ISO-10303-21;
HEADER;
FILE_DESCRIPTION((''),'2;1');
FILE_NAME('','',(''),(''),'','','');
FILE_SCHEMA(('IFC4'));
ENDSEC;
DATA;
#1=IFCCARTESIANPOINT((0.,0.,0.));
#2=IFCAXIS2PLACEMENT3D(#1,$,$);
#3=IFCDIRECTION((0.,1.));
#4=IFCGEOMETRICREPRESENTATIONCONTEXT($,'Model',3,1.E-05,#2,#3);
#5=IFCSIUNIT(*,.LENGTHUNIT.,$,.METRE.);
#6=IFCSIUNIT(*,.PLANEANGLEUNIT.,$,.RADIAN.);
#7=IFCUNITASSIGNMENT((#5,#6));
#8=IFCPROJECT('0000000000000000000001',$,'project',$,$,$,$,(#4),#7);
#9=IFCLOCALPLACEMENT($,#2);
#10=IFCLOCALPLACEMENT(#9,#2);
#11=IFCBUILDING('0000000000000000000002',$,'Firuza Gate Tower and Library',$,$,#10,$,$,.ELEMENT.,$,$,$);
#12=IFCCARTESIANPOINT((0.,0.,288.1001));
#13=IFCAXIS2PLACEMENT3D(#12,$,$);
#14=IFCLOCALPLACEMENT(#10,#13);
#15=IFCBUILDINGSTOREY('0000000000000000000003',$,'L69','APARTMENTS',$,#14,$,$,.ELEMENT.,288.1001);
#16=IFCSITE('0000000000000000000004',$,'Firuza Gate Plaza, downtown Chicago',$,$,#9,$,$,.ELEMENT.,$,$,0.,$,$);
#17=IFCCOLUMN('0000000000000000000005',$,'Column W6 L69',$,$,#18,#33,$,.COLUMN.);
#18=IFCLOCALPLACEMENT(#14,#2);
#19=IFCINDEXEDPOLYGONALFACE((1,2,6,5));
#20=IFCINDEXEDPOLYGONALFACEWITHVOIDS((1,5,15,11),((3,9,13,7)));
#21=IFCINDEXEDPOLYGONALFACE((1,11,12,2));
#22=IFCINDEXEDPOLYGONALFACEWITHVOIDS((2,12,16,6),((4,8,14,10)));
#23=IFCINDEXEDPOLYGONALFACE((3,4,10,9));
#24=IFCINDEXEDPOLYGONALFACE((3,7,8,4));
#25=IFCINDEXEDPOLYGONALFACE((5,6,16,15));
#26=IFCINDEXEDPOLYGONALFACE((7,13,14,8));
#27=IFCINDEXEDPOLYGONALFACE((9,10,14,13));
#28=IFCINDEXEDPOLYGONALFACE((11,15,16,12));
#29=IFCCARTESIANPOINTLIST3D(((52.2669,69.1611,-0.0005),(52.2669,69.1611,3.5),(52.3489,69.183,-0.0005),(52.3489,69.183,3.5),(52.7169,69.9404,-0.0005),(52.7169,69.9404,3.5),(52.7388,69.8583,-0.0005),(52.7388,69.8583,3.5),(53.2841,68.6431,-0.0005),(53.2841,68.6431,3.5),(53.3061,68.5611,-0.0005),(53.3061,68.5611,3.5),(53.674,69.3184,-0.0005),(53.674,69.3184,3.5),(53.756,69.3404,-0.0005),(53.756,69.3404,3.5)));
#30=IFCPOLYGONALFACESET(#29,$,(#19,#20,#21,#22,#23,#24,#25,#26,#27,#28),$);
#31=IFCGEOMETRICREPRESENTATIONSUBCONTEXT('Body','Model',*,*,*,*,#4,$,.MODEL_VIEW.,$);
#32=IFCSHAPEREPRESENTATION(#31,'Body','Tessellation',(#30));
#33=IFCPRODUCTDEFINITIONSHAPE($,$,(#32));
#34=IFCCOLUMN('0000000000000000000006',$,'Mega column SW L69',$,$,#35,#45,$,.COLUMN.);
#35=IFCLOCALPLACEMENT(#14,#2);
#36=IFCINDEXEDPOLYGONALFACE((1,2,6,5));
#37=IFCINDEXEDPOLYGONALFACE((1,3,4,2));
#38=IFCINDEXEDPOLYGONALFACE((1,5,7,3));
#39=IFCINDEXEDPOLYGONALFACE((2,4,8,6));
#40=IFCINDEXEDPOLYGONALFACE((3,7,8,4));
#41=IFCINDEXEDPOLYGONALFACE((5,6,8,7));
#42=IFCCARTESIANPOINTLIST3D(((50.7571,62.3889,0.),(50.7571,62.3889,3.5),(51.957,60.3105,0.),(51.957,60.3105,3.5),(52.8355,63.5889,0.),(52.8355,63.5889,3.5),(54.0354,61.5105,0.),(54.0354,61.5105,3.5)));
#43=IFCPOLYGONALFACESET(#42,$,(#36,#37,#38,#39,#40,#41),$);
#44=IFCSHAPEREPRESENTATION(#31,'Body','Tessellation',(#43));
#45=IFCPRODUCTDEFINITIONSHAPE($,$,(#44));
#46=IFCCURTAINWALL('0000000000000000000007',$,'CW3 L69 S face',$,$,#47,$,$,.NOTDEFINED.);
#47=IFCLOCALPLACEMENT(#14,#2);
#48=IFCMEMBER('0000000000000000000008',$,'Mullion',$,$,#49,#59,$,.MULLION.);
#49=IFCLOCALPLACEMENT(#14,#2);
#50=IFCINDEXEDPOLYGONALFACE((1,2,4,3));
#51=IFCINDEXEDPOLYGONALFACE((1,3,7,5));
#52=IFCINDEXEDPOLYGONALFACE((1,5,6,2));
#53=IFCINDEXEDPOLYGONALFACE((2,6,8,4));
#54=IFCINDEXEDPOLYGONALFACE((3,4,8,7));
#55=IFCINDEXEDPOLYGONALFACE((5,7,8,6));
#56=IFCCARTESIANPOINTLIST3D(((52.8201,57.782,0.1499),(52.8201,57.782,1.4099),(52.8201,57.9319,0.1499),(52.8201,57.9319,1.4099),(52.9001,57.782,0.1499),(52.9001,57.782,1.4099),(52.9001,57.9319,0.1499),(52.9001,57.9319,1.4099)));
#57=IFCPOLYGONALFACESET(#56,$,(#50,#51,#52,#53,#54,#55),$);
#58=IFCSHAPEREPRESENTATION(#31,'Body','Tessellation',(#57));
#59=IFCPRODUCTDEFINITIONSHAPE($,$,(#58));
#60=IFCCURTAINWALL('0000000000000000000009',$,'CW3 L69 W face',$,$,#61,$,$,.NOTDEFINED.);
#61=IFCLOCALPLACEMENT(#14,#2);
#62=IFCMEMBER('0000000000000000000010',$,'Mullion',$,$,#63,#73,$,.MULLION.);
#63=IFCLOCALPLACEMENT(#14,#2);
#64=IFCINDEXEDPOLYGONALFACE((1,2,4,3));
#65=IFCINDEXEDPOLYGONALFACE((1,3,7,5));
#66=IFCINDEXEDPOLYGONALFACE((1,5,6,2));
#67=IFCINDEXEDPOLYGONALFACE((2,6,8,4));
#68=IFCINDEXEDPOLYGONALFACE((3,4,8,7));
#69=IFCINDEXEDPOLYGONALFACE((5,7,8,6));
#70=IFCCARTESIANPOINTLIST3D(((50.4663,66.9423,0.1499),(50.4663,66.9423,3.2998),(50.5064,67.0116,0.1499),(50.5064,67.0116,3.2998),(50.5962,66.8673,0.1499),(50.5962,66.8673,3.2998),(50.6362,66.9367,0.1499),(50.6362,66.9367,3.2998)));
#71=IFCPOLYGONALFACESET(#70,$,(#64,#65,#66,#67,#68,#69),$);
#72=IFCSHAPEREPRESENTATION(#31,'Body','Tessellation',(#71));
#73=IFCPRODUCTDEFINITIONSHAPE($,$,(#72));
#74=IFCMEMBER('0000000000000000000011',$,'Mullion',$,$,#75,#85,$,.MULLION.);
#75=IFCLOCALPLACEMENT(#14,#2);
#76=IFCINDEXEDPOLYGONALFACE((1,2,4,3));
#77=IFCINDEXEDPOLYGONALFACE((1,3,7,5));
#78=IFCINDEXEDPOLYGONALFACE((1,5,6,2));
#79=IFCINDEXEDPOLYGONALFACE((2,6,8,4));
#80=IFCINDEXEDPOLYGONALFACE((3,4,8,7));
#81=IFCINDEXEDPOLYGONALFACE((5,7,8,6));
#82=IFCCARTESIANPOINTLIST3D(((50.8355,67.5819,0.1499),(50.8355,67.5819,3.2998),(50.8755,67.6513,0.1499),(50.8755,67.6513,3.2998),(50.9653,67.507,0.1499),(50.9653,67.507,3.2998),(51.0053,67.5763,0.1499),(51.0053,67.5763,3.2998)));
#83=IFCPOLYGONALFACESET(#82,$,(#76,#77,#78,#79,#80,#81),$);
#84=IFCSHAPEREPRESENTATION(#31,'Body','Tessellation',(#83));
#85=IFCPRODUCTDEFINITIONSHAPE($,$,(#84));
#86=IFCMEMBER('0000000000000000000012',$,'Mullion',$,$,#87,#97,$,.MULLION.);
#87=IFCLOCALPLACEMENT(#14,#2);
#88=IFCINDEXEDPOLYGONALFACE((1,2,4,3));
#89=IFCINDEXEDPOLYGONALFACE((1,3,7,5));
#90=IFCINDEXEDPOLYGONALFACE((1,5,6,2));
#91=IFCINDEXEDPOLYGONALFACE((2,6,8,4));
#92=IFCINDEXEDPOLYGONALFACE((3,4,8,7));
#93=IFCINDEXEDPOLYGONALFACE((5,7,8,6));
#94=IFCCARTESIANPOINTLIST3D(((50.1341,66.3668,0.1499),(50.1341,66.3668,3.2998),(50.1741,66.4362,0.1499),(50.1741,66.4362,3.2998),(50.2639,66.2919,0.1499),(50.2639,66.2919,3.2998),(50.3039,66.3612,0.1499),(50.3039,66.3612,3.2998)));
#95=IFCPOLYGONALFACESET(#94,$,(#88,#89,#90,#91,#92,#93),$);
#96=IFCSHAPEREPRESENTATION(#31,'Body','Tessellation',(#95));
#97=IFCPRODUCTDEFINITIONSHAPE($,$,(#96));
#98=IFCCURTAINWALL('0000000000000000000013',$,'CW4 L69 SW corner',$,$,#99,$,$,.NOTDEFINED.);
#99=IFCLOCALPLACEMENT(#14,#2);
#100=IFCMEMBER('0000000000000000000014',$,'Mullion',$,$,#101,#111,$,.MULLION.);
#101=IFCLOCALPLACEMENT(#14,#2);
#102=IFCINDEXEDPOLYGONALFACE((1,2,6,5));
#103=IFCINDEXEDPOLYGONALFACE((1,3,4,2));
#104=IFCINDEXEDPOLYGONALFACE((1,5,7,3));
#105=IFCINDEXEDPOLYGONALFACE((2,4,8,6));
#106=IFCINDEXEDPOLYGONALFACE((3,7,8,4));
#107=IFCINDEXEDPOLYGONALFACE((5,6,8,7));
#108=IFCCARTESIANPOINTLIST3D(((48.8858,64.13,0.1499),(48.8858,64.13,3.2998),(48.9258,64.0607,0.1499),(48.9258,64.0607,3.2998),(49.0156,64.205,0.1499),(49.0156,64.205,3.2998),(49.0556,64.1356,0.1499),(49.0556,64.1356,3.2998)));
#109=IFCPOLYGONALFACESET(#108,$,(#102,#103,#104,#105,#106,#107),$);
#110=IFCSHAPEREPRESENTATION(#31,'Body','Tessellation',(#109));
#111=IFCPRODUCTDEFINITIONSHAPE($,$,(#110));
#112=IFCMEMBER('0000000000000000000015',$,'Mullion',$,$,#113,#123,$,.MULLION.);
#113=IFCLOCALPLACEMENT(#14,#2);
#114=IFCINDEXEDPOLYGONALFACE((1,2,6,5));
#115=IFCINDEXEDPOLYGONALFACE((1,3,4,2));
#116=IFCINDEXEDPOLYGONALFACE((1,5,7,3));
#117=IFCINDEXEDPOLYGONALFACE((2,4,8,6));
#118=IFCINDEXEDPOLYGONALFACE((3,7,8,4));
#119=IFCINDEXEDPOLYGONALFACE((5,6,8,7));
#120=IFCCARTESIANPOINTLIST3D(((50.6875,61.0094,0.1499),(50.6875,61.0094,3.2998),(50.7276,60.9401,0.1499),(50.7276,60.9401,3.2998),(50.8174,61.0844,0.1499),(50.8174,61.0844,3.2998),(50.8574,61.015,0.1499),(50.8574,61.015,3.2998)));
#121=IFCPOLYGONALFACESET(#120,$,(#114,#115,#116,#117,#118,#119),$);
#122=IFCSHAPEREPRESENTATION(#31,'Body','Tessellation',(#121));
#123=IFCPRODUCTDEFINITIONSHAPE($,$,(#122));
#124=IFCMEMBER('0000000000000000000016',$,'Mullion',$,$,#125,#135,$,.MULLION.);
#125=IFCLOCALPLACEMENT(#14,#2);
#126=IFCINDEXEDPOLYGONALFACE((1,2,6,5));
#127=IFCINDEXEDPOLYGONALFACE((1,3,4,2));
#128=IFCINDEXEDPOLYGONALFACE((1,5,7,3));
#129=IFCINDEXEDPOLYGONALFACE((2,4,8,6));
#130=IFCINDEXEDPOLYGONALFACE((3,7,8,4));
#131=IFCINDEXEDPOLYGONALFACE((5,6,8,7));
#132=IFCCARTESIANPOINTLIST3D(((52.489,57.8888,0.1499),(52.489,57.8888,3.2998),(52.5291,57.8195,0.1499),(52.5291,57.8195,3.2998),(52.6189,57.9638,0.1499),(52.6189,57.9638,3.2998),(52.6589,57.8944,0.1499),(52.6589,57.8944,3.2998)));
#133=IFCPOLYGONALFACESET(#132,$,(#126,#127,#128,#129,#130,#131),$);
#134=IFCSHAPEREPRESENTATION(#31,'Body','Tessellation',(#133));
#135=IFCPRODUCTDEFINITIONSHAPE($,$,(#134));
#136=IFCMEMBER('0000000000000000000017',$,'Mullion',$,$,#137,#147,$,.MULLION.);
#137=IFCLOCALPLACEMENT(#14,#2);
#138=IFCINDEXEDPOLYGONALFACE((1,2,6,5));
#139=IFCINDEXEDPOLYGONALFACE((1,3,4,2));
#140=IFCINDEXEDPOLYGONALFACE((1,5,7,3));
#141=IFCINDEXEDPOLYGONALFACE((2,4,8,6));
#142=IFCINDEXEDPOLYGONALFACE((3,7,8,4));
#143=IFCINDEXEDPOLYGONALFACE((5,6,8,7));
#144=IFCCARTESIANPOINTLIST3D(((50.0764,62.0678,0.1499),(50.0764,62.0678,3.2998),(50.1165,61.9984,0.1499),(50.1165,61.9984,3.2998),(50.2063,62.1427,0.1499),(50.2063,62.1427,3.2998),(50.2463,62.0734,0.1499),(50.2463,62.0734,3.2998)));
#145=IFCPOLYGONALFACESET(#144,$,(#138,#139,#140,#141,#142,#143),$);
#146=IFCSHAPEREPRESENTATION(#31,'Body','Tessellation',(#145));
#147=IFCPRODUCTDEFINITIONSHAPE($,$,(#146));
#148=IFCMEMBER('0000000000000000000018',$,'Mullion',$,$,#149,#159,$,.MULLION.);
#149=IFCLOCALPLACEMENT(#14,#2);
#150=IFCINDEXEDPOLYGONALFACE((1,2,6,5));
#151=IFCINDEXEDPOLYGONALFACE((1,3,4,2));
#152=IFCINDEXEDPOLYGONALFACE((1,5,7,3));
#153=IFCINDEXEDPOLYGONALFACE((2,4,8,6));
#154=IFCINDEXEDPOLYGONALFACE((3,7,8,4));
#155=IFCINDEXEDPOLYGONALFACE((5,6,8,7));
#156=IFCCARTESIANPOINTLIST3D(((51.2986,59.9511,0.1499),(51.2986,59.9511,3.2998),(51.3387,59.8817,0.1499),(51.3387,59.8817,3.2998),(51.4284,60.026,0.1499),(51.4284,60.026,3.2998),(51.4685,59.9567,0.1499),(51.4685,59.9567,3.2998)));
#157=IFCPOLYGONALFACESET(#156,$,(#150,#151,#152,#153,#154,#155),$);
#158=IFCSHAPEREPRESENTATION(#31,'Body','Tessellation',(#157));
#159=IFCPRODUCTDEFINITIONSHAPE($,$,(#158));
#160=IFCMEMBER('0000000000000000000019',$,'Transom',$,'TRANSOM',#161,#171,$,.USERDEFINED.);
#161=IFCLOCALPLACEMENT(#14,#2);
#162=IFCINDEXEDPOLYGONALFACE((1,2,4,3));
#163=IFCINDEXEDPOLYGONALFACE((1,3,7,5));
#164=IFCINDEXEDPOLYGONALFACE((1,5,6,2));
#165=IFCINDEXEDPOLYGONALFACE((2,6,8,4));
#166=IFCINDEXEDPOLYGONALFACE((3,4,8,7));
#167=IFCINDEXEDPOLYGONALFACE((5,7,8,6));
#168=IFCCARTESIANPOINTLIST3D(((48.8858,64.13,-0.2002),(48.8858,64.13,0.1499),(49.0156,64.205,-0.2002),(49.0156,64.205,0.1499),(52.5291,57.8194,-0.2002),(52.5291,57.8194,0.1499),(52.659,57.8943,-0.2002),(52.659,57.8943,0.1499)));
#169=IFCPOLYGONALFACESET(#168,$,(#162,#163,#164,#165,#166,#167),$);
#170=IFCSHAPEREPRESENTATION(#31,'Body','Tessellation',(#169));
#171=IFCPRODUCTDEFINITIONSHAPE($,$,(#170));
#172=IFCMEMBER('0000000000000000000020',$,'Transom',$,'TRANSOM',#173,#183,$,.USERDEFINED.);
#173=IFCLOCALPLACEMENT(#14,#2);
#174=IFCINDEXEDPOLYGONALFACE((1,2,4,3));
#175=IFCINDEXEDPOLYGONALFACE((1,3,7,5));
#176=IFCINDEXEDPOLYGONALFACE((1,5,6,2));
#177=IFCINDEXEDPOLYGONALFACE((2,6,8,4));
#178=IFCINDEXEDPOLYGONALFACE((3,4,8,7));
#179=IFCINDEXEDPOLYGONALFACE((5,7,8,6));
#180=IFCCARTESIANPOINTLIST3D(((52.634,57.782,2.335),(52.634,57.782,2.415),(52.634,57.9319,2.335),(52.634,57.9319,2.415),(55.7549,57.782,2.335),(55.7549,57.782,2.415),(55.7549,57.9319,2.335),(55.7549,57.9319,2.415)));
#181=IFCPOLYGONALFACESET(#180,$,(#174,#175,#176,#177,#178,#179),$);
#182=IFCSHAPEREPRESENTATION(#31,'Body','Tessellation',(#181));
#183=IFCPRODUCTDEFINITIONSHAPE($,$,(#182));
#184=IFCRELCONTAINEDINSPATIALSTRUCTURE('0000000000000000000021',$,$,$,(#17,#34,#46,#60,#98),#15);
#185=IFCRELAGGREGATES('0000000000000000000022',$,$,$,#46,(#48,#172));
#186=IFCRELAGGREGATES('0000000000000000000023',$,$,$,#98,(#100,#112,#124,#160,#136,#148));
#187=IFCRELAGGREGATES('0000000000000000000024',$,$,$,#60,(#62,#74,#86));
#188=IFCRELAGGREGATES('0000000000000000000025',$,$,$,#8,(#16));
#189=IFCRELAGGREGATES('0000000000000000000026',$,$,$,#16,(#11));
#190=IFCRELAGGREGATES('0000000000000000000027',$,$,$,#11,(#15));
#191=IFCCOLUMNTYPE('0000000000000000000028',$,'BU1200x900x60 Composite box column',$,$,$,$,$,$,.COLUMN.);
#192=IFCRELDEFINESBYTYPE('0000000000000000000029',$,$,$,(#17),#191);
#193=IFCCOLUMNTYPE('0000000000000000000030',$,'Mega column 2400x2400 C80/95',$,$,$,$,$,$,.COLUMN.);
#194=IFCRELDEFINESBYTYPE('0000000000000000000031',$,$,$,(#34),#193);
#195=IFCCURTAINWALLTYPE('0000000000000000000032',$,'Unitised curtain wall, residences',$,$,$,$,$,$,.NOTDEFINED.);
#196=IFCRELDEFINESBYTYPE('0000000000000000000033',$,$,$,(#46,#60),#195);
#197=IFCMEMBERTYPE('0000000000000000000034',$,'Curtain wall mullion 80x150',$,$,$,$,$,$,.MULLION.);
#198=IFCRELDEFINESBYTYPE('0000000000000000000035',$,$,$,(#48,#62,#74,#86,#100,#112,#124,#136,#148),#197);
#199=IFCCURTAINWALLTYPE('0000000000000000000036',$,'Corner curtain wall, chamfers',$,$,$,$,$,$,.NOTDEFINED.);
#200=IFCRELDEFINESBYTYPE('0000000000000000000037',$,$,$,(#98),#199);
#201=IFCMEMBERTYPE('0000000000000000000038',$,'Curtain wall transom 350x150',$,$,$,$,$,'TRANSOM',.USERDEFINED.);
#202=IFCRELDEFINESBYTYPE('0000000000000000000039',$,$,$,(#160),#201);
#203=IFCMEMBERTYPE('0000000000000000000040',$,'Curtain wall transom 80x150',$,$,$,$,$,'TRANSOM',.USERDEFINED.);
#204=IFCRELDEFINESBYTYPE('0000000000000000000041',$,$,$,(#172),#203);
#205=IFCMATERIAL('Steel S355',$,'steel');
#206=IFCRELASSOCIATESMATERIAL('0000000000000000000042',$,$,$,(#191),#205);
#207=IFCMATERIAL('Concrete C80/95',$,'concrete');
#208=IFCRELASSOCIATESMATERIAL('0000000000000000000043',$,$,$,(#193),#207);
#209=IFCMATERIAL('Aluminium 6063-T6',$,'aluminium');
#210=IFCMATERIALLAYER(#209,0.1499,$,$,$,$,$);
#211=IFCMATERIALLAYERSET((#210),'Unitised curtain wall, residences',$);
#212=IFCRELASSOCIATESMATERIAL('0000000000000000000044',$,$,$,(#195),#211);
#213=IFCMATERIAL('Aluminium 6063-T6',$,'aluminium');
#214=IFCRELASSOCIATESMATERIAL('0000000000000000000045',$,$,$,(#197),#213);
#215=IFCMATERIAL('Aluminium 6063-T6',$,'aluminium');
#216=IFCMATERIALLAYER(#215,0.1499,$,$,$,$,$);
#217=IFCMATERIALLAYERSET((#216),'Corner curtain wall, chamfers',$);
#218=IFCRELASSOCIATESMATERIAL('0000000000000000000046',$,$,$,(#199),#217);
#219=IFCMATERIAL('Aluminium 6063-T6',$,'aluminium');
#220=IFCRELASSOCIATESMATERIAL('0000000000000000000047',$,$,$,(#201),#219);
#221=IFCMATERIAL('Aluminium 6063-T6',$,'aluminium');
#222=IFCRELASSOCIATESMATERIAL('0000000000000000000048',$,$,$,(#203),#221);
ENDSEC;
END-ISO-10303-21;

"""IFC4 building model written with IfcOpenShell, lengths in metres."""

from ifc_helpers import new_model, si_unit, direction, frame, origin, origin_2d, place, context, subcontext, project, spatial, rectangle, hollow_rectangle, extrude, material, layer, layer_set, material_profile, profile_set, type_object, element, aggregate, save


model = new_model("IFC4")

# Units and contexts
model_context = context("Model", 3, precision=1e-05, world=origin(), true_north=direction((0.0, 1.0)))
body_context = subcontext(model_context, "Body", "Model", "MODEL_VIEW")
ifc_project = project(units=[si_unit("LENGTHUNIT", "METRE"), si_unit("PLANEANGLEUNIT", "RADIAN")], contexts=[model_context])

# Site, building, storey
site_placement = place(None, origin())
site = spatial("IfcSite", under=ifc_project, at=site_placement, Name="Firuza Gate Plaza, downtown Chicago", CompositionType="ELEMENT", RefElevation=0.0)
building_placement = place(site_placement, origin())
building = spatial("IfcBuilding", under=site, at=building_placement, Name="Firuza Gate Tower and Library", CompositionType="ELEMENT")
storey_placement = place(building_placement, frame((0.0, 0.0, 288.1001)))
storey = spatial("IfcBuildingStorey", under=building, at=storey_placement, Name="L69", Description="APARTMENTS", CompositionType="ELEMENT", Elevation=288.1001)

# Columns
ifc_material_1 = material(Name="Steel S355", Category="steel")
ifc_material_profile_1 = material_profile(ifc_material_1, hollow_rectangle(XDim=0.8999, YDim=1.2, WallThickness=0.0601, at=origin_2d()))
ifc_profile_set_1 = profile_set([ifc_material_profile_1], Name="Steel S355")
column_type_1 = type_object("IfcColumnType", Name="BU1200x900x60 Composite box column", PredefinedType="COLUMN", material=ifc_profile_set_1)
column_1_placement = place(storey_placement, frame((53.0115, 69.2507, -0.0005), z_axis=(0.0, 0.0, 1.0), x_axis=(-0.5, -0.866025, 0.0)))
element("IfcColumn", 1, at=column_1_placement, inside=storey, type_object=column_type_1, Name="Column W6 L69", PredefinedType="COLUMN", context=body_context, shape_type="SweptSolid", body=[
    extrude(hollow_rectangle(XDim=0.8999, YDim=1.2, WallThickness=0.0601, at=origin_2d()), origin(), (0.0, 0.0, 1.0), 3.5005),
])
ifc_material_2 = material(Name="Concrete C80/95", Category="concrete")
ifc_material_profile_2 = material_profile(ifc_material_2, rectangle(XDim=2.3999, YDim=2.3999, at=origin_2d()))
ifc_profile_set_2 = profile_set([ifc_material_profile_2], Name="Concrete C80/95")
column_type_2 = type_object("IfcColumnType", Name="Mega column 2400x2400 C80/95", PredefinedType="COLUMN", material=ifc_profile_set_2)
column_2_placement = place(storey_placement, frame((52.3962, 61.9497, 0.0), z_axis=(0.0, 0.0, 1.0), x_axis=(0.5, -0.866025, 0.0)))
element("IfcColumn", 2, at=column_2_placement, inside=storey, type_object=column_type_2, Name="Mega column SW L69", PredefinedType="COLUMN", context=body_context, shape_type="SweptSolid", body=[
    extrude(rectangle(XDim=2.3999, YDim=2.3999, at=origin_2d()), origin(), (0.0, 0.0, 1.0), 3.5),
])

# Curtain wall, member
ifc_material_3 = material(Name="Aluminium 6063-T6", Category="aluminium")
ifc_layer_1 = layer(ifc_material_3, 0.1499)
ifc_layer_set_1 = layer_set([ifc_layer_1], Name="Unitised curtain wall, residences")
curtain_wall_type_1 = type_object("IfcCurtainWallType", Name="Unitised curtain wall, residences", PredefinedType="NOTDEFINED", material=ifc_layer_set_1)
placement = place(storey_placement, origin())
curtain_wall_1 = element("IfcCurtainWall", 3, at=placement, inside=storey, type_object=curtain_wall_type_1, Name="CW3 L69 S face", PredefinedType="NOTDEFINED")
ifc_material_4 = material(Name="Aluminium 6063-T6", Category="aluminium")
ifc_material_profile_3 = material_profile(ifc_material_4, rectangle(XDim=0.1499, YDim=0.0801, at=origin_2d()))
ifc_profile_set_3 = profile_set([ifc_material_profile_3], Name="Aluminium 6063-T6")
member_type_1 = type_object("IfcMemberType", Name="Curtain wall mullion 80x150", PredefinedType="MULLION", material=ifc_profile_set_3)
member_1_placement = place(storey_placement, frame((52.8601, 57.8569, 0.1499), z_axis=(0.0, 0.0, 1.0), x_axis=(0.0, 1.0, 0.0)))
member_1 = element("IfcMember", 4, at=member_1_placement, type_object=member_type_1, Name="Mullion", PredefinedType="MULLION", context=body_context, shape_type="SweptSolid", body=[
    extrude(rectangle(XDim=0.1499, YDim=0.0801, at=origin_2d()), origin(), (0.0, 0.0, 1.0), 1.26),
])

# Curtain walls, members
curtain_wall_2 = element("IfcCurtainWall", 5, at=placement, inside=storey, type_object=curtain_wall_type_1, Name="CW3 L69 W face", PredefinedType="NOTDEFINED")
member_2_placement = place(storey_placement, frame((50.5513, 66.9395, 0.1499), z_axis=(0.0, 0.0, 1.0), x_axis=(0.866025, -0.5, 0.0)))
member_2 = element("IfcMember", 6, at=member_2_placement, type_object=member_type_1, Name="Mullion", PredefinedType="MULLION", context=body_context, shape_type="SweptSolid", body=[
    extrude(rectangle(XDim=0.1499, YDim=0.0801, at=origin_2d()), origin(), (0.0, 0.0, 1.0), 3.1499),
])
member_3_placement = place(storey_placement, frame((50.9204, 67.5791, 0.1499), z_axis=(0.0, 0.0, 1.0), x_axis=(0.866025, -0.5, 0.0)))
member_3 = element("IfcMember", 7, at=member_3_placement, type_object=member_type_1, Name="Mullion", PredefinedType="MULLION", context=body_context, shape_type="SweptSolid", body=[
    extrude(rectangle(XDim=0.1499, YDim=0.0801, at=origin_2d()), origin(), (0.0, 0.0, 1.0), 3.1499),
])
member_4_placement = place(storey_placement, frame((50.219, 66.364, 0.1499), z_axis=(0.0, 0.0, 1.0), x_axis=(0.866025, -0.5, 0.0)))
member_4 = element("IfcMember", 8, at=member_4_placement, type_object=member_type_1, Name="Mullion", PredefinedType="MULLION", context=body_context, shape_type="SweptSolid", body=[
    extrude(rectangle(XDim=0.1499, YDim=0.0801, at=origin_2d()), origin(), (0.0, 0.0, 1.0), 3.1499),
])
ifc_material_5 = material(Name="Aluminium 6063-T6", Category="aluminium")
ifc_layer_2 = layer(ifc_material_5, 0.1499)
ifc_layer_set_2 = layer_set([ifc_layer_2], Name="Corner curtain wall, chamfers")
curtain_wall_type_2 = type_object("IfcCurtainWallType", Name="Corner curtain wall, chamfers", PredefinedType="NOTDEFINED", material=ifc_layer_set_2)
curtain_wall_3 = element("IfcCurtainWall", 9, at=placement, inside=storey, type_object=curtain_wall_type_2, Name="CW4 L69 SW corner", PredefinedType="NOTDEFINED")
member_5_placement = place(storey_placement, frame((48.9707, 64.1328, 0.1499), z_axis=(0.0, 0.0, 1.0), x_axis=(0.866025, 0.5, 0.0)))
member_5 = element("IfcMember", 10, at=member_5_placement, type_object=member_type_1, Name="Mullion", PredefinedType="MULLION", context=body_context, shape_type="SweptSolid", body=[
    extrude(rectangle(XDim=0.1499, YDim=0.0801, at=origin_2d()), origin(), (0.0, 0.0, 1.0), 3.1499),
])
member_6_placement = place(storey_placement, frame((50.7725, 61.0122, 0.1499), z_axis=(0.0, 0.0, 1.0), x_axis=(0.866025, 0.5, 0.0)))
member_6 = element("IfcMember", 11, at=member_6_placement, type_object=member_type_1, Name="Mullion", PredefinedType="MULLION", context=body_context, shape_type="SweptSolid", body=[
    extrude(rectangle(XDim=0.1499, YDim=0.0801, at=origin_2d()), origin(), (0.0, 0.0, 1.0), 3.1499),
])
member_7_placement = place(storey_placement, frame((52.574, 57.8916, 0.1499), z_axis=(0.0, 0.0, 1.0), x_axis=(0.866025, 0.5, 0.0)))
member_7 = element("IfcMember", 12, at=member_7_placement, type_object=member_type_1, Name="Mullion", PredefinedType="MULLION", context=body_context, shape_type="SweptSolid", body=[
    extrude(rectangle(XDim=0.1499, YDim=0.0801, at=origin_2d()), origin(), (0.0, 0.0, 1.0), 3.1499),
])
member_8_placement = place(storey_placement, frame((50.1614, 62.0706, 0.1499), z_axis=(0.0, 0.0, 1.0), x_axis=(0.866025, 0.5, 0.0)))
member_8 = element("IfcMember", 13, at=member_8_placement, type_object=member_type_1, Name="Mullion", PredefinedType="MULLION", context=body_context, shape_type="SweptSolid", body=[
    extrude(rectangle(XDim=0.1499, YDim=0.0801, at=origin_2d()), origin(), (0.0, 0.0, 1.0), 3.1499),
])
member_9_placement = place(storey_placement, frame((51.3835, 59.9539, 0.1499), z_axis=(0.0, 0.0, 1.0), x_axis=(0.866025, 0.5, 0.0)))
member_9 = element("IfcMember", 14, at=member_9_placement, type_object=member_type_1, Name="Mullion", PredefinedType="MULLION", context=body_context, shape_type="SweptSolid", body=[
    extrude(rectangle(XDim=0.1499, YDim=0.0801, at=origin_2d()), origin(), (0.0, 0.0, 1.0), 3.1499),
])
ifc_material_6 = material(Name="Aluminium 6063-T6", Category="aluminium")
ifc_material_profile_4 = material_profile(ifc_material_6, rectangle(XDim=0.1499, YDim=0.3501, at=origin_2d()))
ifc_profile_set_4 = profile_set([ifc_material_profile_4], Name="Aluminium 6063-T6")
member_type_2 = type_object("IfcMemberType", Name="Curtain wall transom 350x150", ElementType="TRANSOM", PredefinedType="USERDEFINED", material=ifc_profile_set_4)
member_10_placement = place(storey_placement, frame((48.9507, 64.1675, -0.0251), z_axis=(0.499991, -0.86603, 0.0), x_axis=(0.86603, 0.499991, 0.0)))
member_10 = element("IfcMember", 15, at=member_10_placement, type_object=member_type_2, Name="Transom", ObjectType="TRANSOM", PredefinedType="USERDEFINED", context=body_context, shape_type="SweptSolid", body=[
    extrude(rectangle(XDim=0.1499, YDim=0.3501, at=origin_2d()), origin(), (0.0, 0.0, 1.0), 7.2869),
])

# Member
ifc_material_7 = material(Name="Aluminium 6063-T6", Category="aluminium")
ifc_material_profile_5 = material_profile(ifc_material_7, rectangle(XDim=0.1499, YDim=0.0801, at=origin_2d()))
ifc_profile_set_5 = profile_set([ifc_material_profile_5], Name="Aluminium 6063-T6")
member_type_3 = type_object("IfcMemberType", Name="Curtain wall transom 80x150", ElementType="TRANSOM", PredefinedType="USERDEFINED", material=ifc_profile_set_5)
member_11_placement = place(storey_placement, frame((52.634, 57.8569, 2.375), z_axis=(1.0, 0.0, 0.0), x_axis=(0.0, 1.0, 0.0)))
member_11 = element("IfcMember", 16, at=member_11_placement, type_object=member_type_3, Name="Transom", ObjectType="TRANSOM", PredefinedType="USERDEFINED", context=body_context, shape_type="SweptSolid", body=[
    extrude(rectangle(XDim=0.1499, YDim=0.0801, at=origin_2d()), origin(), (0.0, 0.0, 1.0), 3.1208),
])
aggregate(curtain_wall_1, [member_1, member_11])

aggregate(curtain_wall_3, [member_5, member_6, member_7, member_10, member_8, member_9])
aggregate(curtain_wall_2, [member_2, member_3, member_4])

save(model, "model.ifc")
